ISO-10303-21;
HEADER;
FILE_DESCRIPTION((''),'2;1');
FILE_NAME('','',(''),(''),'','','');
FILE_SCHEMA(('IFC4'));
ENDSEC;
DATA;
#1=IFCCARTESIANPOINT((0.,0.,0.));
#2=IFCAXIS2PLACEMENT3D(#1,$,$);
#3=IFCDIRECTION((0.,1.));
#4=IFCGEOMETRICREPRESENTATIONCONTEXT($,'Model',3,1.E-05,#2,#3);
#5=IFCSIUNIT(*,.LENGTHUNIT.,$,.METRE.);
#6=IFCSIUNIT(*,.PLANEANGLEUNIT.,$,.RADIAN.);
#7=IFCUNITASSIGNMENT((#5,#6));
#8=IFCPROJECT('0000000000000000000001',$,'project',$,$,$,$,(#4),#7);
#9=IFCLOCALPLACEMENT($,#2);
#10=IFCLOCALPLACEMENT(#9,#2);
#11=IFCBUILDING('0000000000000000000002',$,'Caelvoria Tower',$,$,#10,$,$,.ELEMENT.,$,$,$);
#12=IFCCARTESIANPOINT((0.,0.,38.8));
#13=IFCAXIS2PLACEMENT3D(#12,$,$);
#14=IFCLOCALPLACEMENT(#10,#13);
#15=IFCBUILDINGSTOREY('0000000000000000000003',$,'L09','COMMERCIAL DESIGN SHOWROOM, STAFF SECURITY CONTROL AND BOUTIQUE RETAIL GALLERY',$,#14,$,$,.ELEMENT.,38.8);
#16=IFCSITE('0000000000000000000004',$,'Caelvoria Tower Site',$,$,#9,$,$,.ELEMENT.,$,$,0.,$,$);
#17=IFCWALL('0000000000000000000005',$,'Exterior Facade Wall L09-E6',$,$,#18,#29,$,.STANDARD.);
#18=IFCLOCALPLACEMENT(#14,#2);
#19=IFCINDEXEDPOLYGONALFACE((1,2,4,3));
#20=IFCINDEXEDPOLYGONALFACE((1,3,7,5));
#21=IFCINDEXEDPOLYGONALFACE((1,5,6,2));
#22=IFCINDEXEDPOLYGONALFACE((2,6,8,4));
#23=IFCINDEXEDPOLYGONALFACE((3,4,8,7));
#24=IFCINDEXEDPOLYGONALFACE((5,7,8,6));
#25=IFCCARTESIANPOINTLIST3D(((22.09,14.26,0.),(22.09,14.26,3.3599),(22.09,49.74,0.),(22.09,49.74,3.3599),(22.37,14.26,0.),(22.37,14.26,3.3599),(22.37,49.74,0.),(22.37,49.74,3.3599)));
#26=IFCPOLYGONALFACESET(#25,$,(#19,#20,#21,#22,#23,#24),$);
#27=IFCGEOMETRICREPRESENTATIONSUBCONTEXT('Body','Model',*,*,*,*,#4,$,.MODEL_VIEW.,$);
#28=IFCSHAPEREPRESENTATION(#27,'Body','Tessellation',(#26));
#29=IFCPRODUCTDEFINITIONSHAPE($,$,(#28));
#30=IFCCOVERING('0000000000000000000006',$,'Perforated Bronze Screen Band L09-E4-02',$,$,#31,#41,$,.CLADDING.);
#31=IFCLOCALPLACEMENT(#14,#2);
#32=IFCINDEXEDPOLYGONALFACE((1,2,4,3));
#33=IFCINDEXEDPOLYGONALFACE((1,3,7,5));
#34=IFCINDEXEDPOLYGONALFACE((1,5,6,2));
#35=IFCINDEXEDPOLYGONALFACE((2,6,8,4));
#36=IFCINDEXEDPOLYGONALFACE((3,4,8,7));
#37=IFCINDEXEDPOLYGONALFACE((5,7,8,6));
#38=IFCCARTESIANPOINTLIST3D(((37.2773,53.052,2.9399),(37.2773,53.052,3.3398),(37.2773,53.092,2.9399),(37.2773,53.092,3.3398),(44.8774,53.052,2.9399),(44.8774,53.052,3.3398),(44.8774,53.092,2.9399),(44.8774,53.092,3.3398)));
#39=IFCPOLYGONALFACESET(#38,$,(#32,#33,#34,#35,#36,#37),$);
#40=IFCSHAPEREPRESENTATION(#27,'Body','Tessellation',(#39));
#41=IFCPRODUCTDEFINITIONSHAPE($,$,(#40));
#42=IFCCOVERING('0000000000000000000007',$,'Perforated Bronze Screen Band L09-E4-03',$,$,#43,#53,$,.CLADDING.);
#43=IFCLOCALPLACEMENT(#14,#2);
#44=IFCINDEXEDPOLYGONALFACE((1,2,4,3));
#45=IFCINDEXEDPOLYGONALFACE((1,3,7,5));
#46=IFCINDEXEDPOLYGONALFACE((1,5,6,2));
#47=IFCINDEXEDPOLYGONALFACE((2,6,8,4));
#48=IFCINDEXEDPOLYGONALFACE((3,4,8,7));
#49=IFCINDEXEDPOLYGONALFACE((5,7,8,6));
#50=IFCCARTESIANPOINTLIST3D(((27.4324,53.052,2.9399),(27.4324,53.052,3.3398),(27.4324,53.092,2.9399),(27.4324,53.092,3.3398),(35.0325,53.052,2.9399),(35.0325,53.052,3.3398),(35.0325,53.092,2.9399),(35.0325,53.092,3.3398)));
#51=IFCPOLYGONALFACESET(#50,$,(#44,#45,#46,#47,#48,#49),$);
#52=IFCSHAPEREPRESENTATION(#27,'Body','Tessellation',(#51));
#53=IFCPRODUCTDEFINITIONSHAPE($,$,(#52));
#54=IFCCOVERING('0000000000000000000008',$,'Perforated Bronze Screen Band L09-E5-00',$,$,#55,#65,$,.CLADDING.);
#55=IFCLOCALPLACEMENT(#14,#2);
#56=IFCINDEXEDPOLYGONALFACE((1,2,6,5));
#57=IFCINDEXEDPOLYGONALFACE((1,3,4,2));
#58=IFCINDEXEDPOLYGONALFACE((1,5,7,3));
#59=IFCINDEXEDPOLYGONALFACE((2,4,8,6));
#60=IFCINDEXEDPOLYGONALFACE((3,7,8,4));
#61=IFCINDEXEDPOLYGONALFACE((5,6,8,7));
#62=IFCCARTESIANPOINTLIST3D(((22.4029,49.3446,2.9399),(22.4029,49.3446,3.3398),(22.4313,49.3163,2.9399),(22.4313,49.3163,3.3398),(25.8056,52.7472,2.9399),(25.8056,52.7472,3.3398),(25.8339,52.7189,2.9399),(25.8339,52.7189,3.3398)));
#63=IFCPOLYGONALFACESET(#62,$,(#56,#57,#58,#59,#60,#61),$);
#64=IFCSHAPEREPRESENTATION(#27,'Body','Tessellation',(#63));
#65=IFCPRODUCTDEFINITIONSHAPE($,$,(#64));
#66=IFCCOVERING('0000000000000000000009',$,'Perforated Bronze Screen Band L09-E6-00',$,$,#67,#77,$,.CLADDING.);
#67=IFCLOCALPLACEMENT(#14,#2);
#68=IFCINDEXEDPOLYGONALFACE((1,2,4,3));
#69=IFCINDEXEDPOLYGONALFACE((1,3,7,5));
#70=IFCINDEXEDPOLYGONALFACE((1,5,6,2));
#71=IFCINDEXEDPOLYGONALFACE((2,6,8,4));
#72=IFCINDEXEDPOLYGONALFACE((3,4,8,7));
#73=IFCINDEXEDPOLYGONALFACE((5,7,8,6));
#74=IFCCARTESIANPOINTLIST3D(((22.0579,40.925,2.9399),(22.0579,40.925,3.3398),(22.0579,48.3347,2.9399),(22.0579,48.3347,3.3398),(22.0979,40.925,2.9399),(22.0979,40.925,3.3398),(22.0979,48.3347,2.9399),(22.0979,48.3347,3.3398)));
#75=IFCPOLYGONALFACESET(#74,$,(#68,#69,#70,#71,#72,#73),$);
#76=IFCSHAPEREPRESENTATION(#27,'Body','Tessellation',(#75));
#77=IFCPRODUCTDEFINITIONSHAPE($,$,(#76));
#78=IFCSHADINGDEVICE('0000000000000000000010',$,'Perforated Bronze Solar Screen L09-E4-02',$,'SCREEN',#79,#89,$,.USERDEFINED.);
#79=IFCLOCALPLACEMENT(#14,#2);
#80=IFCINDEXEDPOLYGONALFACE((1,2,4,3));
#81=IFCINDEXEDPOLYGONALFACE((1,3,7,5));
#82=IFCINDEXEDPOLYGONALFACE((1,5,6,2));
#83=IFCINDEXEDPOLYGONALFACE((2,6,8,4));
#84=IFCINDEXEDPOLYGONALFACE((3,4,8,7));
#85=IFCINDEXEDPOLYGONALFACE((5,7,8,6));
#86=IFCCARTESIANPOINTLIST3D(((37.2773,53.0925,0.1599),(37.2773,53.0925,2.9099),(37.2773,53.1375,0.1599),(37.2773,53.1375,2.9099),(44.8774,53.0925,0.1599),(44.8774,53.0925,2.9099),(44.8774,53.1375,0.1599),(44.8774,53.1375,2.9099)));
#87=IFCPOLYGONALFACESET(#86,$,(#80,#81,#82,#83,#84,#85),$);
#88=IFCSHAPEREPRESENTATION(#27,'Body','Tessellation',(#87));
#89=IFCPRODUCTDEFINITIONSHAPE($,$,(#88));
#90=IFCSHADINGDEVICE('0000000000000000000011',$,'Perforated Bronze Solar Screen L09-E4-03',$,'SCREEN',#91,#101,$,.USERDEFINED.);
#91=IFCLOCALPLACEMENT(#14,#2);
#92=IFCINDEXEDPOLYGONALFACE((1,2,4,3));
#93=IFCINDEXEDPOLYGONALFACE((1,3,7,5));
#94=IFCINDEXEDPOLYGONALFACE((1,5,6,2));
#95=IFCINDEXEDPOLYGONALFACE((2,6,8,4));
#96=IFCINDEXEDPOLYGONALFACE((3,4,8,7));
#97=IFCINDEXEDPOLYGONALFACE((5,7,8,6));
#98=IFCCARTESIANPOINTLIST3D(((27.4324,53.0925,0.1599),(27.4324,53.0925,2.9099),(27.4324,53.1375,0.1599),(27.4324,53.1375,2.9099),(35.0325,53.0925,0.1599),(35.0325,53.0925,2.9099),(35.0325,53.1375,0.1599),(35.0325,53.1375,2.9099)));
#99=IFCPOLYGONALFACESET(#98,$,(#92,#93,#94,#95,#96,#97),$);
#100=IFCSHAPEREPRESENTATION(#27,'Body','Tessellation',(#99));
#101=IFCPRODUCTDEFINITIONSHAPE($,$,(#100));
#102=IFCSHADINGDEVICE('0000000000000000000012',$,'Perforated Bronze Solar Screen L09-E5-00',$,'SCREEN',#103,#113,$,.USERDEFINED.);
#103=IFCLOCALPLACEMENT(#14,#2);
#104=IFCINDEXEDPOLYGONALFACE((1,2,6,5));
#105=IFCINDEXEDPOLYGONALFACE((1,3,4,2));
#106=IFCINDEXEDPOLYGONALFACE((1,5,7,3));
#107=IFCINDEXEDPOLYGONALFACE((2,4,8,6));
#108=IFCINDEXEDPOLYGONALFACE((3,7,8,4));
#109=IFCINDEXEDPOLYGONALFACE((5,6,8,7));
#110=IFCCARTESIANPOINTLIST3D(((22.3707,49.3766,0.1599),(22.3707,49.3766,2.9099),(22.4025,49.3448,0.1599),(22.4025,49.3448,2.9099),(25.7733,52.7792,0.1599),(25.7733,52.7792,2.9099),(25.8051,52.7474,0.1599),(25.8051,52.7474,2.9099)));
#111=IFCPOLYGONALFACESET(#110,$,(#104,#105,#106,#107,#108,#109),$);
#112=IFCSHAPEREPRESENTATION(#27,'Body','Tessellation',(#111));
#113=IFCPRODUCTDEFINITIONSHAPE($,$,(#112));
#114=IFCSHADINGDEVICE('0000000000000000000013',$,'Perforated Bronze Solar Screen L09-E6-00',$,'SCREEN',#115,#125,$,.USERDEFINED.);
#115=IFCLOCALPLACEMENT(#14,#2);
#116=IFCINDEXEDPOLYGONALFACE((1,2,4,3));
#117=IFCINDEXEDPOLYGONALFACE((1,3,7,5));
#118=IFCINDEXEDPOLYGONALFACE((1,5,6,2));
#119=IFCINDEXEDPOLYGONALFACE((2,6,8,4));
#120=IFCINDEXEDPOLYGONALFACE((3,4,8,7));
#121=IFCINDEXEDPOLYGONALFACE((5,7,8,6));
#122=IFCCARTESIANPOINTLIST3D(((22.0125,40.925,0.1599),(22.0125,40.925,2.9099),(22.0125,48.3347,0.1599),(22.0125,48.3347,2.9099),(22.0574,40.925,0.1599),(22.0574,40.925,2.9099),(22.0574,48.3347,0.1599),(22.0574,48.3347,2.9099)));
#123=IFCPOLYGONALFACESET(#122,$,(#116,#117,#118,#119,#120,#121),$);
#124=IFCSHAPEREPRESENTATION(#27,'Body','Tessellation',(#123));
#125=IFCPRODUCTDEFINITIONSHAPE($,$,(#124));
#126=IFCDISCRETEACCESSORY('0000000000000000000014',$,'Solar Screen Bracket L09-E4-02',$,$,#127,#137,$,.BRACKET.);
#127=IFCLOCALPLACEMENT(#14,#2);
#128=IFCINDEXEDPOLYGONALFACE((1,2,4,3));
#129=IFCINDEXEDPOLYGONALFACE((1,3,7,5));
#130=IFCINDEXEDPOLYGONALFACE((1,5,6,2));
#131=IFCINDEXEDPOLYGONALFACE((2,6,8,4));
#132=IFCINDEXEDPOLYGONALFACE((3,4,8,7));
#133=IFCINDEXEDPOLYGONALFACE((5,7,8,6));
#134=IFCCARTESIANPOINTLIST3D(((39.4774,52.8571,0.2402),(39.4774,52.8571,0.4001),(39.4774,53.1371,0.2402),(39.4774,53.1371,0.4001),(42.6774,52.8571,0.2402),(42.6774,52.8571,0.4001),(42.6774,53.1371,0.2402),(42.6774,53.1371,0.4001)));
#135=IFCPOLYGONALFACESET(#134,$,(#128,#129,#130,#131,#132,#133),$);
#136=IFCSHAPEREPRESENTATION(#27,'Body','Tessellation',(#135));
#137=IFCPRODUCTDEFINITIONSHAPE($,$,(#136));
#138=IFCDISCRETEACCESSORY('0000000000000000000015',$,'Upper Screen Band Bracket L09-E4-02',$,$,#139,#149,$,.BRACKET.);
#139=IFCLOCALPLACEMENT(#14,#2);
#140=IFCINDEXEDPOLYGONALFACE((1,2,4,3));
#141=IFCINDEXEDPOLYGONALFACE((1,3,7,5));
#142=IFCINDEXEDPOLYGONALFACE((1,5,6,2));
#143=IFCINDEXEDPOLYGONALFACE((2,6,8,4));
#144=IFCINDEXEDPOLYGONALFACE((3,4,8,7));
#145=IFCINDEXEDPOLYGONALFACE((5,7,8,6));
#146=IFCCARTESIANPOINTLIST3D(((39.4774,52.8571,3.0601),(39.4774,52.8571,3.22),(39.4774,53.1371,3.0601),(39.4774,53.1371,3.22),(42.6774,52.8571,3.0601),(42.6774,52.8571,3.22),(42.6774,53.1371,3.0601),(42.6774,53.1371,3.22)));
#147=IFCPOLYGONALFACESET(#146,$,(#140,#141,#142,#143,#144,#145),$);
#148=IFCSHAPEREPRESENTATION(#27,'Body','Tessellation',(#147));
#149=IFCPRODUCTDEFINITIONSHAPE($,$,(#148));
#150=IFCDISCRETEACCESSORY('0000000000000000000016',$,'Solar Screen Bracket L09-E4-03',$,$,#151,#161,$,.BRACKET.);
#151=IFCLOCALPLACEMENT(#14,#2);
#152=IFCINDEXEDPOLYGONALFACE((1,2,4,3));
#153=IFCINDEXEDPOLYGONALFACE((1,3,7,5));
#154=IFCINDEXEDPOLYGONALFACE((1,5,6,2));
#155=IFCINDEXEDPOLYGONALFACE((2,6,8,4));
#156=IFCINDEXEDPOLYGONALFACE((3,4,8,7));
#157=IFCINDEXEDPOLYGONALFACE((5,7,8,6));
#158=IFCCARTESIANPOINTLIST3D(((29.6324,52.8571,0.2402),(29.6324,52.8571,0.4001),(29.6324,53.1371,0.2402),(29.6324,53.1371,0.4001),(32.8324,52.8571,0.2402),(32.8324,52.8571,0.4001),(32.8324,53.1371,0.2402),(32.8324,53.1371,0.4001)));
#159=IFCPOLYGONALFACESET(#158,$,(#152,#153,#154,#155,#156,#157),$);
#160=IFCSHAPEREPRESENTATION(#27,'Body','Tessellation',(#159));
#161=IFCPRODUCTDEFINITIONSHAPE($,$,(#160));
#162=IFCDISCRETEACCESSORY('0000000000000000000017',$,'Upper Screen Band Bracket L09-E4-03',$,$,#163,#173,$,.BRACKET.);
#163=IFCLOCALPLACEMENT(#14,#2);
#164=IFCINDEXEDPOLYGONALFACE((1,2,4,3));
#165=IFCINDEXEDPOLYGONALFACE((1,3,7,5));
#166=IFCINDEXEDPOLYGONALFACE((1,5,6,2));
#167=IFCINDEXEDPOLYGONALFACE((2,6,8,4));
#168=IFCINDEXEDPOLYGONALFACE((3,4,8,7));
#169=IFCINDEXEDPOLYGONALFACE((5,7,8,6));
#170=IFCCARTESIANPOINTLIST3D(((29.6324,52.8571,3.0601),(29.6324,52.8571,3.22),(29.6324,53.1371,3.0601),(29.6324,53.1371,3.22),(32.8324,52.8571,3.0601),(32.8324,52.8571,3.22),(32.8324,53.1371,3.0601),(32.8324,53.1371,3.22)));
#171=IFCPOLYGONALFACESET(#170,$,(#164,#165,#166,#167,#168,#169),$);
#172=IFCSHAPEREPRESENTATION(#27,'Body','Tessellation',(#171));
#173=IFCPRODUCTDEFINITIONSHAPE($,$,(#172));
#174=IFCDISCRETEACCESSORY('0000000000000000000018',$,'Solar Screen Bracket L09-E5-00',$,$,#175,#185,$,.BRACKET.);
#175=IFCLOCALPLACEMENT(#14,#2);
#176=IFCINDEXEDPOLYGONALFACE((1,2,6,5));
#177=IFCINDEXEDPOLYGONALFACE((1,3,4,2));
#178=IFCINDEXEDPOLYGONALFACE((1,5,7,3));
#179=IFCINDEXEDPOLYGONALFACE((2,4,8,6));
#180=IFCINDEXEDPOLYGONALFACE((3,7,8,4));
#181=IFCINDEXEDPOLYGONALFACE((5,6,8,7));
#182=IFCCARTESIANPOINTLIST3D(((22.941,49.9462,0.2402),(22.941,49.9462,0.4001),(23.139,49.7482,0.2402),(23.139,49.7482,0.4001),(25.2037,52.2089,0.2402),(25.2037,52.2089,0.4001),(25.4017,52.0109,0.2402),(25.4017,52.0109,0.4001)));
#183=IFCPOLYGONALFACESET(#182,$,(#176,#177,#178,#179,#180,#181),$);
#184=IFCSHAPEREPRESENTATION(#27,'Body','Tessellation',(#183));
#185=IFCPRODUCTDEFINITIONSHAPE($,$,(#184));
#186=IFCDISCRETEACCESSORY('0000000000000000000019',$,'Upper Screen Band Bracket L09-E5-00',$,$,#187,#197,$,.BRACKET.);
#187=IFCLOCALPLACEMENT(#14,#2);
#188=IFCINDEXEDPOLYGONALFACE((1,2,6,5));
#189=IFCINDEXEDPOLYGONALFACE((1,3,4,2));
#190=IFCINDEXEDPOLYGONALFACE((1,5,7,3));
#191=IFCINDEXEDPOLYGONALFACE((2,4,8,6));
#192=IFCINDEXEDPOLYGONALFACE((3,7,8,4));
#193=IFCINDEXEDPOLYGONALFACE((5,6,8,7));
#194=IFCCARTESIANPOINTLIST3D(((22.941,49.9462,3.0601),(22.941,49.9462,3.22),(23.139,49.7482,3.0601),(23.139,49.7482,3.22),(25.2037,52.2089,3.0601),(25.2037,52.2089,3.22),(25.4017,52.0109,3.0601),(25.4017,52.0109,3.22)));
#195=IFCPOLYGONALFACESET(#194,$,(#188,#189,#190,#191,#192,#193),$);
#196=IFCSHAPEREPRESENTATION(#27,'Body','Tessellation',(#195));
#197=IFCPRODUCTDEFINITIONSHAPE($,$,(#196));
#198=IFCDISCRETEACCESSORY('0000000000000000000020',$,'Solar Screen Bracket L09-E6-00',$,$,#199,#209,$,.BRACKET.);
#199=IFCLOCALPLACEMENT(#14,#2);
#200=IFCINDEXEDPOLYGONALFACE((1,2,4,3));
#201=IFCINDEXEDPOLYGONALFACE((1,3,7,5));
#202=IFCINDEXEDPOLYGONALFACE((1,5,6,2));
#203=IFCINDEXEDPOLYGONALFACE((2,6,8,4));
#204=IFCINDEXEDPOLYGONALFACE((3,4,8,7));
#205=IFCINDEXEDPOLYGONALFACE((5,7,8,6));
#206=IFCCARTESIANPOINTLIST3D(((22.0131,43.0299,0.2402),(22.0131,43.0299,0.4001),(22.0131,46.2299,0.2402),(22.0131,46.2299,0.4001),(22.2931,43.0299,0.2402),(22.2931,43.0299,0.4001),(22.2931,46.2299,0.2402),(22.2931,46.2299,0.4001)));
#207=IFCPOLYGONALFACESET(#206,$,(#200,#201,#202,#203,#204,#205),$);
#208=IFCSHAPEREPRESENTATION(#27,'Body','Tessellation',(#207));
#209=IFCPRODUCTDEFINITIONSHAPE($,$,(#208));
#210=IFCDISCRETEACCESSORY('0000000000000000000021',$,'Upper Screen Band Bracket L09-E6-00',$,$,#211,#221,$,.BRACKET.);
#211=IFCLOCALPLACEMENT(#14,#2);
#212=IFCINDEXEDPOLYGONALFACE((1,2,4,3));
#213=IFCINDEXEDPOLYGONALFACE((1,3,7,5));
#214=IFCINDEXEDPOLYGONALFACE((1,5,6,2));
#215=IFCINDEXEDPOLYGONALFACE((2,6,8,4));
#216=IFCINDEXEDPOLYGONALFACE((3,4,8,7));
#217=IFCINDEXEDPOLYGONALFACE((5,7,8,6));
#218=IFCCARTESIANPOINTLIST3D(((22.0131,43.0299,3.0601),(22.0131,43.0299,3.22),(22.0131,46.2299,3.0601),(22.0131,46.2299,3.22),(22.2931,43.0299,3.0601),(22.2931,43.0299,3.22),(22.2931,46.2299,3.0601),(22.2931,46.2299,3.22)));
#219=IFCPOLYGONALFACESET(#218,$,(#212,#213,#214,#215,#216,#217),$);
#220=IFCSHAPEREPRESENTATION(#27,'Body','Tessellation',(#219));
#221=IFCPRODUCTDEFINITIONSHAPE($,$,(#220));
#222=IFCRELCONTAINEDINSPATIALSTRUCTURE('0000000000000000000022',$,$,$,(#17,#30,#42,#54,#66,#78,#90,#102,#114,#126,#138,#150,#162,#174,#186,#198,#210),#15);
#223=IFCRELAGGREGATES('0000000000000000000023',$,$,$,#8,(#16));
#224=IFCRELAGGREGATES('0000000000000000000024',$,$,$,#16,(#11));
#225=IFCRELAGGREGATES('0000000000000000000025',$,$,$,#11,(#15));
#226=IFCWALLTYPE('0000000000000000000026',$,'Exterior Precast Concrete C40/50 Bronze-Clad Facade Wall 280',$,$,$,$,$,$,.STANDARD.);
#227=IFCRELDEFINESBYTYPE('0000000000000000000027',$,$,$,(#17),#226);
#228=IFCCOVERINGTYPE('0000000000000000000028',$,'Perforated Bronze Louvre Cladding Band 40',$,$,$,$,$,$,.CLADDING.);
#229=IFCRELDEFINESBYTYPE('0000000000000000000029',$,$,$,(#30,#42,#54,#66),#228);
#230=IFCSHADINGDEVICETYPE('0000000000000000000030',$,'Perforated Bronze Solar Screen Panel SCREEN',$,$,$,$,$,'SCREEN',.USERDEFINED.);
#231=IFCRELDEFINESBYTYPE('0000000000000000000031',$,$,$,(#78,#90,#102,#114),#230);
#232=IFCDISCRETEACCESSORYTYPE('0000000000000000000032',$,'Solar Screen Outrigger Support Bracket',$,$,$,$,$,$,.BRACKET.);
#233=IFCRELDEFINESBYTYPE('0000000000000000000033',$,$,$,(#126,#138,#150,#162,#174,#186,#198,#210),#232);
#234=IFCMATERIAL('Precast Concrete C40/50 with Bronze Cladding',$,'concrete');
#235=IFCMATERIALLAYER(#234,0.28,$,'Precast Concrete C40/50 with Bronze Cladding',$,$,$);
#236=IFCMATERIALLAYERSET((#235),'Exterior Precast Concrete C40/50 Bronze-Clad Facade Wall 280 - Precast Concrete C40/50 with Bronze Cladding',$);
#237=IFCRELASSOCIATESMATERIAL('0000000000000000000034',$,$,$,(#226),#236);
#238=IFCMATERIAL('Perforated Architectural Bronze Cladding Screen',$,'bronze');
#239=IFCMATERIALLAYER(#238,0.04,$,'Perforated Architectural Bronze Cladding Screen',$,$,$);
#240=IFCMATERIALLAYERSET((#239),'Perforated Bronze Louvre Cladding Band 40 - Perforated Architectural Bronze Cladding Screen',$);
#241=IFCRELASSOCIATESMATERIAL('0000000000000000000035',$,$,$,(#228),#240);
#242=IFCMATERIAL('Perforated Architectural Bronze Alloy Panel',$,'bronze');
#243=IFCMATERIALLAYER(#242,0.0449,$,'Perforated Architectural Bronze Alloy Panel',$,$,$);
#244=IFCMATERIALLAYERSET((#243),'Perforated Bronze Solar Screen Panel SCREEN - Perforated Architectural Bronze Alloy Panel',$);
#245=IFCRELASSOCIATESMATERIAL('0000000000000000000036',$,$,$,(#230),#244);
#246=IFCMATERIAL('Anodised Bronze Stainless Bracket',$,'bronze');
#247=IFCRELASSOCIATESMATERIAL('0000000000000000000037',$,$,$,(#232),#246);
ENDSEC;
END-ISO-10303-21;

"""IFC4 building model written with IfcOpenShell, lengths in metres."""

from ifc_helpers import new_model, si_unit, direction, frame, frame_2d, origin, origin_2d, place, context, subcontext, project, spatial, rectangle, extrude, material, layer, layer_set, type_object, element, save


model = new_model("IFC4")

# Units and contexts
model_context = context("Model", 3, precision=1e-05, world=origin(), true_north=direction((0.0, 1.0)))
body_context = subcontext(model_context, "Body", "Model", "MODEL_VIEW")
ifc_project = project(units=[si_unit("LENGTHUNIT", "METRE"), si_unit("PLANEANGLEUNIT", "RADIAN")], contexts=[model_context])

# Site, building, storey
site_placement = place(None, origin())
site = spatial("IfcSite", under=ifc_project, at=site_placement, Name="Caelvoria Tower Site", CompositionType="ELEMENT", RefElevation=0.0)
building_placement = place(site_placement, origin())
building = spatial("IfcBuilding", under=site, at=building_placement, Name="Caelvoria Tower", CompositionType="ELEMENT")
storey_placement = place(building_placement, frame((0.0, 0.0, 38.8)))
storey = spatial("IfcBuildingStorey", under=building, at=storey_placement, Name="L09", Description="COMMERCIAL DESIGN SHOWROOM, STAFF SECURITY CONTROL AND BOUTIQUE RETAIL GALLERY", CompositionType="ELEMENT", Elevation=38.8)

# Wall
ifc_material_1 = material(Name="Precast Concrete C40/50 with Bronze Cladding", Category="concrete")
ifc_layer_1 = layer(ifc_material_1, 0.28, Name="Precast Concrete C40/50 with Bronze Cladding")
ifc_layer_set_1 = layer_set([ifc_layer_1], Name="Exterior Precast Concrete C40/50 Bronze-Clad Facade Wall 280 - Precast Concrete C40/50 with Bronze Cladding")
wall_type = type_object("IfcWallType", Name="Exterior Precast Concrete C40/50 Bronze-Clad Facade Wall 280", PredefinedType="STANDARD", material=ifc_layer_set_1)
wall_1_placement = place(storey_placement, frame((22.23, 49.74, 0.0), z_axis=(0.0, 0.0, 1.0), x_axis=(0.0, -1.0, 0.0)))
element("IfcWall", 1, at=wall_1_placement, inside=storey, type_object=wall_type, Name="Exterior Facade Wall L09-E6", PredefinedType="STANDARD", context=body_context, shape_type="SweptSolid", body=[
    extrude(rectangle(XDim=35.48, YDim=0.28, at=frame_2d((17.74, 0.0))), origin(), (0.0, 0.0, 1.0), 3.3599),
])

# Coverings
ifc_material_2 = material(Name="Perforated Architectural Bronze Cladding Screen", Category="bronze")
ifc_layer_2 = layer(ifc_material_2, 0.04, Name="Perforated Architectural Bronze Cladding Screen")
ifc_layer_set_2 = layer_set([ifc_layer_2], Name="Perforated Bronze Louvre Cladding Band 40 - Perforated Architectural Bronze Cladding Screen")
covering_type = type_object("IfcCoveringType", Name="Perforated Bronze Louvre Cladding Band 40", PredefinedType="CLADDING", material=ifc_layer_set_2)
for number, where, z_axis, x_axis, name in (
    (2, (41.0774, 53.072, 2.9399), (0.0, 0.0, 1.0), (-1.0, 0.0, 0.0), "Perforated Bronze Screen Band L09-E4-02"),
    (3, (31.2324, 53.072, 2.9399), (0.0, 0.0, 1.0), (-1.0, 0.0, 0.0), "Perforated Bronze Screen Band L09-E4-03"),
):
    element("IfcCovering", number, at=place(storey_placement, frame(where, z_axis=z_axis, x_axis=x_axis)), inside=storey, type_object=covering_type, Name=name, PredefinedType="CLADDING", context=body_context, shape_type="SweptSolid", body=[
        extrude(rectangle(XDim=7.6001, YDim=0.04, at=origin_2d()), origin(), (0.0, 0.0, 1.0), 0.3999),
    ])
covering_1_placement = place(storey_placement, frame((24.1184, 51.0317, 2.9399), z_axis=(0.0, 0.0, 1.0), x_axis=(-0.707107, -0.707107, 0.0)))
element("IfcCovering", 4, at=covering_1_placement, inside=storey, type_object=covering_type, Name="Perforated Bronze Screen Band L09-E5-00", PredefinedType="CLADDING", context=body_context, shape_type="SweptSolid", body=[
    extrude(rectangle(XDim=4.812, YDim=0.04, at=origin_2d()), origin(), (0.0, 0.0, 1.0), 0.3999),
])
covering_2_placement = place(storey_placement, frame((22.0779, 44.6299, 2.9399), z_axis=(0.0, 0.0, 1.0), x_axis=(0.0, -1.0, 0.0)))
element("IfcCovering", 5, at=covering_2_placement, inside=storey, type_object=covering_type, Name="Perforated Bronze Screen Band L09-E6-00", PredefinedType="CLADDING", context=body_context, shape_type="SweptSolid", body=[
    extrude(rectangle(XDim=7.4097, YDim=0.04, at=origin_2d()), origin(), (0.0, 0.0, 1.0), 0.3999),
])

# Shading devices
ifc_material_3 = material(Name="Perforated Architectural Bronze Alloy Panel", Category="bronze")
ifc_layer_3 = layer(ifc_material_3, 0.0449, Name="Perforated Architectural Bronze Alloy Panel")
ifc_layer_set_3 = layer_set([ifc_layer_3], Name="Perforated Bronze Solar Screen Panel SCREEN - Perforated Architectural Bronze Alloy Panel")
shading_device_type = type_object("IfcShadingDeviceType", Name="Perforated Bronze Solar Screen Panel SCREEN", ElementType="SCREEN", PredefinedType="USERDEFINED", material=ifc_layer_set_3)
for number, where, z_axis, x_axis, name in (
    (6, (41.0774, 53.115, 0.1599), (0.0, 0.0, 1.0), (-1.0, 0.0, 0.0), "Perforated Bronze Solar Screen L09-E4-02"),
    (7, (31.2324, 53.115, 0.1599), (0.0, 0.0, 1.0), (-1.0, 0.0, 0.0), "Perforated Bronze Solar Screen L09-E4-03"),
):
    element("IfcShadingDevice", number, at=place(storey_placement, frame(where, z_axis=z_axis, x_axis=x_axis)), inside=storey, type_object=shading_device_type, Name=name, ObjectType="SCREEN", PredefinedType="USERDEFINED", context=body_context, shape_type="SweptSolid", body=[
        extrude(rectangle(XDim=7.6001, YDim=0.0449, at=origin_2d()), origin(), (0.0, 0.0, 1.0), 2.75),
    ])
shading_device_1_placement = place(storey_placement, frame((24.0879, 51.062, 0.1599), z_axis=(0.0, 0.0, 1.0), x_axis=(-0.707107, -0.707107, 0.0)))
element("IfcShadingDevice", 8, at=shading_device_1_placement, inside=storey, type_object=shading_device_type, Name="Perforated Bronze Solar Screen L09-E5-00", ObjectType="SCREEN", PredefinedType="USERDEFINED", context=body_context, shape_type="SweptSolid", body=[
    extrude(rectangle(XDim=4.812, YDim=0.0449, at=origin_2d()), origin(), (0.0, 0.0, 1.0), 2.75),
])
shading_device_2_placement = place(storey_placement, frame((22.0349, 44.6299, 0.1599), z_axis=(0.0, 0.0, 1.0), x_axis=(0.0, -1.0, 0.0)))
element("IfcShadingDevice", 9, at=shading_device_2_placement, inside=storey, type_object=shading_device_type, Name="Perforated Bronze Solar Screen L09-E6-00", ObjectType="SCREEN", PredefinedType="USERDEFINED", context=body_context, shape_type="SweptSolid", body=[
    extrude(rectangle(XDim=7.4097, YDim=0.0449, at=origin_2d()), origin(), (0.0, 0.0, 1.0), 2.75),
])

# Discrete accessories
ifc_material_4 = material(Name="Anodised Bronze Stainless Bracket", Category="bronze")
discrete_accessory_type = type_object("IfcDiscreteAccessoryType", Name="Solar Screen Outrigger Support Bracket", PredefinedType="BRACKET", material=ifc_material_4)
for number, where, z_axis, x_axis, name in (
    (10, (41.0774, 52.9971, 0.2402), (0.0, 0.0, 1.0), (-1.0, 0.0, 0.0), "Solar Screen Bracket L09-E4-02"),
    (11, (41.0774, 52.9971, 3.0601), (0.0, 0.0, 1.0), (-1.0, 0.0, 0.0), "Upper Screen Band Bracket L09-E4-02"),
    (12, (31.2324, 52.9971, 0.2402), (0.0, 0.0, 1.0), (-1.0, 0.0, 0.0), "Solar Screen Bracket L09-E4-03"),
    (13, (31.2324, 52.9971, 3.0601), (0.0, 0.0, 1.0), (-1.0, 0.0, 0.0), "Upper Screen Band Bracket L09-E4-03"),
    (14, (24.1714, 50.9785, 0.2402), (0.0, 0.0, 1.0), (-0.707107, -0.707107, 0.0), "Solar Screen Bracket L09-E5-00"),
    (15, (24.1714, 50.9785, 3.0601), (0.0, 0.0, 1.0), (-0.707107, -0.707107, 0.0), "Upper Screen Band Bracket L09-E5-00"),
    (16, (22.1531, 44.6299, 0.2402), (0.0, 0.0, 1.0), (0.0, -1.0, 0.0), "Solar Screen Bracket L09-E6-00"),
    (17, (22.1531, 44.6299, 3.0601), (0.0, 0.0, 1.0), (0.0, -1.0, 0.0), "Upper Screen Band Bracket L09-E6-00"),
):
    element("IfcDiscreteAccessory", number, at=place(storey_placement, frame(where, z_axis=z_axis, x_axis=x_axis)), inside=storey, type_object=discrete_accessory_type, Name=name, PredefinedType="BRACKET", context=body_context, shape_type="SweptSolid", body=[
        extrude(rectangle(XDim=3.2, YDim=0.28, at=origin_2d()), origin(), (0.0, 0.0, 1.0), 0.1599),
    ])

save(model, "model.ifc")
